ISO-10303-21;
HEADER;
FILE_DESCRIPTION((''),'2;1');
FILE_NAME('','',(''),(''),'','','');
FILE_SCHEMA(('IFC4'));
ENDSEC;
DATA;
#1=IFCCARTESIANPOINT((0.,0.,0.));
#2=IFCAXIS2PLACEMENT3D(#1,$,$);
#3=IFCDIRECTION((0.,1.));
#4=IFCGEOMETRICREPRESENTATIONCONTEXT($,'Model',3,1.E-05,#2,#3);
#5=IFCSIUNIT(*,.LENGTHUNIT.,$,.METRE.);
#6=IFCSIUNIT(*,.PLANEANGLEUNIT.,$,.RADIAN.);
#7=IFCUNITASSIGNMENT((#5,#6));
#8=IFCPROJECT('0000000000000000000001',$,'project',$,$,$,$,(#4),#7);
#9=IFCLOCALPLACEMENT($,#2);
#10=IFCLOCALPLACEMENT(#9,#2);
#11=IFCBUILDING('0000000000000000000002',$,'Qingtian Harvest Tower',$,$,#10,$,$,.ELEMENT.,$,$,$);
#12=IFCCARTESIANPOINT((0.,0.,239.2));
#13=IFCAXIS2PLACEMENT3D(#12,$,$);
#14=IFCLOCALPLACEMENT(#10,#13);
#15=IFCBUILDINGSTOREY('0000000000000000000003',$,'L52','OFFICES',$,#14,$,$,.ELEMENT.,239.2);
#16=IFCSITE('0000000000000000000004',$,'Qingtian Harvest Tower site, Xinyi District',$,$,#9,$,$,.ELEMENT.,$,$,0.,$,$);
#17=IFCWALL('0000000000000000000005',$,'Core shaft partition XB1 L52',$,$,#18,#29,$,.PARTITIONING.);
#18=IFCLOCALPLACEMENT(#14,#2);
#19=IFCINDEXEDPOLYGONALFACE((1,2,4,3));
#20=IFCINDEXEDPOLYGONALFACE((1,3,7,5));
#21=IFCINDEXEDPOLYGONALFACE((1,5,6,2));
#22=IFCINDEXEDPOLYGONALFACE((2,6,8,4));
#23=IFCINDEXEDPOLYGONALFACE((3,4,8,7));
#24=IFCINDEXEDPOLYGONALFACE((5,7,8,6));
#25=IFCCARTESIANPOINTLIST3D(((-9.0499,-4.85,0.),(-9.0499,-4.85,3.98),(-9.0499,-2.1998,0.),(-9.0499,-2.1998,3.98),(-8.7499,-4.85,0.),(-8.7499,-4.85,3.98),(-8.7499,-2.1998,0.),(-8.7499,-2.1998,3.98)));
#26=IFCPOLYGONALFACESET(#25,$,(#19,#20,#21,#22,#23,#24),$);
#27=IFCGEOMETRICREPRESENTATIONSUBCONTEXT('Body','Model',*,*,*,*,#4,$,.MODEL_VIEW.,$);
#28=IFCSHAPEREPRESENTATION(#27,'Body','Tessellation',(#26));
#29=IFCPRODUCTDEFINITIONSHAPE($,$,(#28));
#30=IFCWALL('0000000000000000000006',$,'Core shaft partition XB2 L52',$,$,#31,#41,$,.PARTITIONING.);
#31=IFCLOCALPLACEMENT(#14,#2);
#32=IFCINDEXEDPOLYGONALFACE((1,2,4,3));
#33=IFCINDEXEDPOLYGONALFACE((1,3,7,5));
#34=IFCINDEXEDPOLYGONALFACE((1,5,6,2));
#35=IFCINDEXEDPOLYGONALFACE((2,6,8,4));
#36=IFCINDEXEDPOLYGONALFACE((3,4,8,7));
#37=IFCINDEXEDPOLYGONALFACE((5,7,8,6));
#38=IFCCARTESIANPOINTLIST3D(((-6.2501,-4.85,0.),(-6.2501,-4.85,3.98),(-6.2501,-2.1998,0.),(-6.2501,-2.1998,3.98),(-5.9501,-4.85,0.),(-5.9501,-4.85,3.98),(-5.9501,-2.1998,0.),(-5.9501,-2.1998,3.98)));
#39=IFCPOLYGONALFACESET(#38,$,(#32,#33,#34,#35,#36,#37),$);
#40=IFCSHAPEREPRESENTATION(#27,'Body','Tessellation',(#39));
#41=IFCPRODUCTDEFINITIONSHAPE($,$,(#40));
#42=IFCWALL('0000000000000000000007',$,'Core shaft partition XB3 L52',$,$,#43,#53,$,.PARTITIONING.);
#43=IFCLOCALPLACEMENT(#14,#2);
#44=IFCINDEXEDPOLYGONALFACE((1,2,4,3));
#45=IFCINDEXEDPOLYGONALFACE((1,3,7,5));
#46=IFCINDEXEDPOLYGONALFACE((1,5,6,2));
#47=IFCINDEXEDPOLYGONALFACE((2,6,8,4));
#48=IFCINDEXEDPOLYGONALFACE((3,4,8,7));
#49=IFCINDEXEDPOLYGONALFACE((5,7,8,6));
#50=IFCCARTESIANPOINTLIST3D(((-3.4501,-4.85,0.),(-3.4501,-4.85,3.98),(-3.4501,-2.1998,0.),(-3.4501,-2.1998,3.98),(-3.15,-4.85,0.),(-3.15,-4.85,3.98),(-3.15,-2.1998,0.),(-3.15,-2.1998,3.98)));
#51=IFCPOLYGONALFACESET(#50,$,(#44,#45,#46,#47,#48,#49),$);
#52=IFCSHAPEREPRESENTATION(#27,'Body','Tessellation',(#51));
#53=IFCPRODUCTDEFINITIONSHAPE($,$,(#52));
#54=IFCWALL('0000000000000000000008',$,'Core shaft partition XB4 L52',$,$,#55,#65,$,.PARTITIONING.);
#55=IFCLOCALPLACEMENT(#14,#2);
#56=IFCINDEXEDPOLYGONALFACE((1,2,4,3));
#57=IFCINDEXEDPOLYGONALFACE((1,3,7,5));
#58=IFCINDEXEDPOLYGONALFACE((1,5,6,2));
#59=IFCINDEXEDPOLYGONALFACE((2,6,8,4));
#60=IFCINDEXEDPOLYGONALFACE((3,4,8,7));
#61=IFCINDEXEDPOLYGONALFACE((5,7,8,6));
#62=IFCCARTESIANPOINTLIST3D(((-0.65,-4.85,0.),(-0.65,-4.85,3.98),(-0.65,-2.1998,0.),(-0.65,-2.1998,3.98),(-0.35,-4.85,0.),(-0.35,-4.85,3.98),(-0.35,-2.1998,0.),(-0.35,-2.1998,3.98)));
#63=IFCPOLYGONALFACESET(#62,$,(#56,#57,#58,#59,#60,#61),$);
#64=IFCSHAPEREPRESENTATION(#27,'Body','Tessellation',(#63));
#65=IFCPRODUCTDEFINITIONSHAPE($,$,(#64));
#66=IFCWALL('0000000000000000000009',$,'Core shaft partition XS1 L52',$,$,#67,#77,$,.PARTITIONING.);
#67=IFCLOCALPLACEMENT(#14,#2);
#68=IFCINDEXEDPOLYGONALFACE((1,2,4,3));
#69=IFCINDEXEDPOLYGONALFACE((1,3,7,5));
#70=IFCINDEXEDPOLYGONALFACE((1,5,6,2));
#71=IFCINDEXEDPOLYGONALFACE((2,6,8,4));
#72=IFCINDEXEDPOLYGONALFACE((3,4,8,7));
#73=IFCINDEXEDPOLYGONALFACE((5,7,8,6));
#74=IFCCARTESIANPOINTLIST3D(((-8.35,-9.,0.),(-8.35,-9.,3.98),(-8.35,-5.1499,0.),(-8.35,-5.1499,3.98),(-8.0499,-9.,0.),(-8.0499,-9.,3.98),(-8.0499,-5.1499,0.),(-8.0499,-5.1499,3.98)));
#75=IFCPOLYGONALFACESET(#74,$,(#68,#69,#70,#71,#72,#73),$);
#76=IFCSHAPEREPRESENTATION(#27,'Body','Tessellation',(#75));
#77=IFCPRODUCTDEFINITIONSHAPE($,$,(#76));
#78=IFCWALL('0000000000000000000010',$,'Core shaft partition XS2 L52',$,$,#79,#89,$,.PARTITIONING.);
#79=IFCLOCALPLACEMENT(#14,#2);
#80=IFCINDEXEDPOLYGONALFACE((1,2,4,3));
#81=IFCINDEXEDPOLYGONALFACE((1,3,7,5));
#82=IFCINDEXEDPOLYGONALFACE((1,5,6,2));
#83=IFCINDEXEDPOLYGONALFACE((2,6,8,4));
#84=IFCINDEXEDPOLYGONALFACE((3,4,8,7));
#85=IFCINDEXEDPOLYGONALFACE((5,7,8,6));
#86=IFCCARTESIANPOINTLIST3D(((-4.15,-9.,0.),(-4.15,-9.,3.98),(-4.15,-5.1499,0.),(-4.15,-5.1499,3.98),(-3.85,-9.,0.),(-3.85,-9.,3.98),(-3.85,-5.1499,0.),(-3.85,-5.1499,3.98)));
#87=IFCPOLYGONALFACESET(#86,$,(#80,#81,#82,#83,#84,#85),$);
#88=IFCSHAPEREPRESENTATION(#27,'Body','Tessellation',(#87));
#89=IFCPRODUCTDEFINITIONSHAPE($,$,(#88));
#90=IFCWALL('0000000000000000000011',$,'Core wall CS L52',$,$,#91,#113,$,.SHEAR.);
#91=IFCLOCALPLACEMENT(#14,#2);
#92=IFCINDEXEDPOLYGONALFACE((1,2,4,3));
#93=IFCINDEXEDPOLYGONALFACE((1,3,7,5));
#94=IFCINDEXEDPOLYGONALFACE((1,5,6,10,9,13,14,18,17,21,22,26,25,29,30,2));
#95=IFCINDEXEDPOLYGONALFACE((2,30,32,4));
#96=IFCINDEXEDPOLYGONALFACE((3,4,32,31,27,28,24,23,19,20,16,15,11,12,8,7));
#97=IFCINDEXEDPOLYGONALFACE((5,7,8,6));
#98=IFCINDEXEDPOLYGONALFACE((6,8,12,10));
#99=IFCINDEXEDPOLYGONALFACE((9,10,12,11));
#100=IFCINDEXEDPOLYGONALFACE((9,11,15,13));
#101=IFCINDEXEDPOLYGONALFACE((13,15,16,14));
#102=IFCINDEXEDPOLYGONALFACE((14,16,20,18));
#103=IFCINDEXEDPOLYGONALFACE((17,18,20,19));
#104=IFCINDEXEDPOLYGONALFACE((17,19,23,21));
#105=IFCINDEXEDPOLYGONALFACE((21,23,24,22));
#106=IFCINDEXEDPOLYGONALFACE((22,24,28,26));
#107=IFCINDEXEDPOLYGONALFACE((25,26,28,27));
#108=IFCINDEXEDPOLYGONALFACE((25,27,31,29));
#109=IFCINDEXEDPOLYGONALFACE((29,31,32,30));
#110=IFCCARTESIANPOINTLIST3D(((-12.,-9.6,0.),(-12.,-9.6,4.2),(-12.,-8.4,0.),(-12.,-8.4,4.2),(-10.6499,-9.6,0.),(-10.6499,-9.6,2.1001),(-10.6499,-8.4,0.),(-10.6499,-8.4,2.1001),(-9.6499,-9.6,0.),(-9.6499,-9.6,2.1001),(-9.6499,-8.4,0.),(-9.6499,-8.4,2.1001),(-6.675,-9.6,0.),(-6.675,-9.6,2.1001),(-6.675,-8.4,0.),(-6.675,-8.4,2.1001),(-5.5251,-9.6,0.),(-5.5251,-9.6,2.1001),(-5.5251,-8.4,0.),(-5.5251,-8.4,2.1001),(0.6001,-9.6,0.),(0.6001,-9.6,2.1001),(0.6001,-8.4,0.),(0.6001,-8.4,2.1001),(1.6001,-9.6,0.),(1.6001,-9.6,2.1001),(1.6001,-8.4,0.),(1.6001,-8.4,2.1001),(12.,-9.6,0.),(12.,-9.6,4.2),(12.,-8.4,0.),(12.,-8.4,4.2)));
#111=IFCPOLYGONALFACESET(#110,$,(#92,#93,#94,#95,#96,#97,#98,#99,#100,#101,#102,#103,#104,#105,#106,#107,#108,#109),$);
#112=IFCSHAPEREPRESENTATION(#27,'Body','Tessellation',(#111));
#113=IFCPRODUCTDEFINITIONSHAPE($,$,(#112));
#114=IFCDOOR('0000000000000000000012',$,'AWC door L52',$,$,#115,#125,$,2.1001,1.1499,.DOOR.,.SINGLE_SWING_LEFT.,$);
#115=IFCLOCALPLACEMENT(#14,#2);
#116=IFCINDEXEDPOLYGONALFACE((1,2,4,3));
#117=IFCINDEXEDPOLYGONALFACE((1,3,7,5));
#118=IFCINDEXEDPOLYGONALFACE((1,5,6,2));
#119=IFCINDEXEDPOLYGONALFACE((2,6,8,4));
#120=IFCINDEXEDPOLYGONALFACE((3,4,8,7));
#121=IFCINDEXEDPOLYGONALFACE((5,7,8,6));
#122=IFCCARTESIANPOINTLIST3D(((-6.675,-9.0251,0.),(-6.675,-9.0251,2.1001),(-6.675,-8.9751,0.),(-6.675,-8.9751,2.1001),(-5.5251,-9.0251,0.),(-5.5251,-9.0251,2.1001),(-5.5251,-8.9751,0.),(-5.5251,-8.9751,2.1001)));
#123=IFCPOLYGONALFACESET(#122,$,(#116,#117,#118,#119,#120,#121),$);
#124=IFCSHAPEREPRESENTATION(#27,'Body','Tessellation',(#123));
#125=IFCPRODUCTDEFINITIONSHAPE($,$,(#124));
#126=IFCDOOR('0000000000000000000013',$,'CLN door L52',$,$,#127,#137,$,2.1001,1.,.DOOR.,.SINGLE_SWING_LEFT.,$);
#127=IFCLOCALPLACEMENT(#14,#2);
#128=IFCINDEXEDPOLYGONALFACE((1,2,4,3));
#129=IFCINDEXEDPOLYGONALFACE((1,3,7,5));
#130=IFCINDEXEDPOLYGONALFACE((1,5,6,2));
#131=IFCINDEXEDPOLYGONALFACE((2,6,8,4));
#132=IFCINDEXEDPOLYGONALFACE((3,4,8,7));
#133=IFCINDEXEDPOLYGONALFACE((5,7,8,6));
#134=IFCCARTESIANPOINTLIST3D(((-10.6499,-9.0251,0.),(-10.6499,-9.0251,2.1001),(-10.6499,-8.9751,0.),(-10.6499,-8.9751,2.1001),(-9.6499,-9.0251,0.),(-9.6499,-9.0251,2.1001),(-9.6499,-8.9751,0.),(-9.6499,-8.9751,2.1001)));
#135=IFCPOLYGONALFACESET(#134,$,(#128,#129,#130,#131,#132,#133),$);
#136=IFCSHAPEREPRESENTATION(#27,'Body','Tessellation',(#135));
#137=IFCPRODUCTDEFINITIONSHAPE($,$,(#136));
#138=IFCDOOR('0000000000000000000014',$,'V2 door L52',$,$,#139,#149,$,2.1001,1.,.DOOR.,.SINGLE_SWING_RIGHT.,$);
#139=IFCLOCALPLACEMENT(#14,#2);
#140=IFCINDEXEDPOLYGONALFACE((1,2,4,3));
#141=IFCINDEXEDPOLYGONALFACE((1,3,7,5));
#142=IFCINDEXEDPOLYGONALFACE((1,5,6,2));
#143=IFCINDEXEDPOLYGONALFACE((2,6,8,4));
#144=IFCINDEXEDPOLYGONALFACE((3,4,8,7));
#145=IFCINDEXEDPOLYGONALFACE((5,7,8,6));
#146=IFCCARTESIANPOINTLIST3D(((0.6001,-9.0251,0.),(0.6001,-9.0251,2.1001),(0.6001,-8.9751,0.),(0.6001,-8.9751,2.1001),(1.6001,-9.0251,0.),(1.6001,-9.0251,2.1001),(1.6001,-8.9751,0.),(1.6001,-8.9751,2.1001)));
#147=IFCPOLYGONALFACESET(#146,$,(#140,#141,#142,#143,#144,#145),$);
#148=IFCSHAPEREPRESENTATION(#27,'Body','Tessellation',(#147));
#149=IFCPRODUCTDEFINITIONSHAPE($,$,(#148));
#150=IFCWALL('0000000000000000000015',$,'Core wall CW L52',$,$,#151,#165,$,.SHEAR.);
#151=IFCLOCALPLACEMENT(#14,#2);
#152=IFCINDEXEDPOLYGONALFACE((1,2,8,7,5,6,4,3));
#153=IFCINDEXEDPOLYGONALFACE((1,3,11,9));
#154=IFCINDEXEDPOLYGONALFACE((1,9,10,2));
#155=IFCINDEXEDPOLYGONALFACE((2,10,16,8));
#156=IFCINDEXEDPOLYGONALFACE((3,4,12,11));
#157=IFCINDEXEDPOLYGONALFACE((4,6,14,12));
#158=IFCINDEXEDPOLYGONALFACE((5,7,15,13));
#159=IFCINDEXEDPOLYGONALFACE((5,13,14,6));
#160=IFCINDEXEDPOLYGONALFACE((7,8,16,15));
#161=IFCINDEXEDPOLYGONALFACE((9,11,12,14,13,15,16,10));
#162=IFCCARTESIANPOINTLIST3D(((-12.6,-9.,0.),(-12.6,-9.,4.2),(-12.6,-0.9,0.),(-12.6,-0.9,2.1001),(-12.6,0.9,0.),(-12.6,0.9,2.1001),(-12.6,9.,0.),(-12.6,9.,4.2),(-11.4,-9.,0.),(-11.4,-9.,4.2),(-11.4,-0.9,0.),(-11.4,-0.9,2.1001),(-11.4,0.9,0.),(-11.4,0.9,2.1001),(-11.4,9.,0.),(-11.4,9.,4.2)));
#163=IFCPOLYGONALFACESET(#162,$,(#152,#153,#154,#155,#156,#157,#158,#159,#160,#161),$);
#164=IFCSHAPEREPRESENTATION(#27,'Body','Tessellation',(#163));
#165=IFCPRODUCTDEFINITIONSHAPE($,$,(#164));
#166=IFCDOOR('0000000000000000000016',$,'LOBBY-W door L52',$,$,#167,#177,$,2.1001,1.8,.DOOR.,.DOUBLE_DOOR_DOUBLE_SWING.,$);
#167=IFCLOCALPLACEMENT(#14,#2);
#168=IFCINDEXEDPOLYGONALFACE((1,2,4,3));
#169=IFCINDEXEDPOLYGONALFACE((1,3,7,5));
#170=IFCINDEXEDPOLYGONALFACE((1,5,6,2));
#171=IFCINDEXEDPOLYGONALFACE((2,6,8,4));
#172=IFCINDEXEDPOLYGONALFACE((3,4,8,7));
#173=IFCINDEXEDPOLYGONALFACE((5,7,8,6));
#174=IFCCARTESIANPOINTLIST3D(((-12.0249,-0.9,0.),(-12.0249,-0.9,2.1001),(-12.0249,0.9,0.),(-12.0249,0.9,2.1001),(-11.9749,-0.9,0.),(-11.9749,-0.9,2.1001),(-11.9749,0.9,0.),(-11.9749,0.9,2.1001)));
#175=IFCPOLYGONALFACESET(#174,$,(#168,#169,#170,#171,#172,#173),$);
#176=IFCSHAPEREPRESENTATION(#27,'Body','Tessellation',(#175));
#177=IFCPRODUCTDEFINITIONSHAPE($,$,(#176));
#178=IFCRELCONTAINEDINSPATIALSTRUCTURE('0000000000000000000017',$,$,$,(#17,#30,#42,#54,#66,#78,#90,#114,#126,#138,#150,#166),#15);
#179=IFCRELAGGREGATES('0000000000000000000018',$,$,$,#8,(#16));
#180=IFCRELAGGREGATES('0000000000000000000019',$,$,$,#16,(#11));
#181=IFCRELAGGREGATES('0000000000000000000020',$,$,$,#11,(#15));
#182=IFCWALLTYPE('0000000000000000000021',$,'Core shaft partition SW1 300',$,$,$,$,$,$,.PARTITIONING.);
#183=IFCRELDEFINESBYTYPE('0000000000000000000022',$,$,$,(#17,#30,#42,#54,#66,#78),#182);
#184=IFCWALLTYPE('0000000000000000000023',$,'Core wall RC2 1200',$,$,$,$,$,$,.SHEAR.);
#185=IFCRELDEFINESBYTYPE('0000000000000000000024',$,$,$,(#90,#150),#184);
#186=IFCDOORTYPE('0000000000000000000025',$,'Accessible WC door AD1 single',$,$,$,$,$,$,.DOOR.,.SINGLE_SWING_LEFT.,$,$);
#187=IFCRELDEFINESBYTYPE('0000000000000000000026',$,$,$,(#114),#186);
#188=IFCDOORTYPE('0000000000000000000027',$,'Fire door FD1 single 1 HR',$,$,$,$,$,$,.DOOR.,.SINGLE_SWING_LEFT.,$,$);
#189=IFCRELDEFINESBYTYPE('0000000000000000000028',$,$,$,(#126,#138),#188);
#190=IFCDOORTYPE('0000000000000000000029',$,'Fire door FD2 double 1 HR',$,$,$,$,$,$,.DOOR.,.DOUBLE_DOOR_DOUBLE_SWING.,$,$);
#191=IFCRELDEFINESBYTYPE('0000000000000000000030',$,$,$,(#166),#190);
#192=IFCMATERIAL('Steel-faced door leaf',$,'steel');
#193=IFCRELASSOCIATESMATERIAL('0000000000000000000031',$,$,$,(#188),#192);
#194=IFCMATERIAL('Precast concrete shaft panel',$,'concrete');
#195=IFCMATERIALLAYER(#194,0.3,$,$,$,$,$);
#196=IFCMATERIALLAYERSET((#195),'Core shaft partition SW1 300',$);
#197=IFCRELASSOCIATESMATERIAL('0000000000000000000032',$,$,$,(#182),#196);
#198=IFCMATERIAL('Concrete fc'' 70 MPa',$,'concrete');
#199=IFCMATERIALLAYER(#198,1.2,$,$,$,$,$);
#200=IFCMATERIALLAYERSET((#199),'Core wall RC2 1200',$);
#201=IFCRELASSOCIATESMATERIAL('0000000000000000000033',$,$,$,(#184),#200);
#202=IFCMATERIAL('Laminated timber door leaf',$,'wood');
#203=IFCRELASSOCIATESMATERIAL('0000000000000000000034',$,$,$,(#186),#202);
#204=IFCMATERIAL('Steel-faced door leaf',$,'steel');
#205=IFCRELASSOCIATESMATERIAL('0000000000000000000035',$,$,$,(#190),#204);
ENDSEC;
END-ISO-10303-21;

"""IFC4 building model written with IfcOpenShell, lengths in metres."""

from ifc_helpers import new_model, si_unit, direction, frame, frame_2d, origin, place, context, subcontext, project, spatial, rectangle, extrude, material, layer, layer_set, type_object, element, fill, save


model = new_model("IFC4")

# Units and contexts
model_context = context("Model", 3, precision=1e-05, world=origin(), true_north=direction((0.0, 1.0)))
body_context = subcontext(model_context, "Body", "Model", "MODEL_VIEW")
ifc_project = project(units=[si_unit("LENGTHUNIT", "METRE"), si_unit("PLANEANGLEUNIT", "RADIAN")], contexts=[model_context])

# Site, building, storey
site_placement = place(None, origin())
site = spatial("IfcSite", under=ifc_project, at=site_placement, Name="Qingtian Harvest Tower site, Xinyi District", CompositionType="ELEMENT", RefElevation=0.0)
building_placement = place(site_placement, origin())
building = spatial("IfcBuilding", under=site, at=building_placement, Name="Qingtian Harvest Tower", CompositionType="ELEMENT")
storey_placement = place(building_placement, frame((0.0, 0.0, 239.2)))
storey = spatial("IfcBuildingStorey", under=building, at=storey_placement, Name="L52", Description="OFFICES", CompositionType="ELEMENT", Elevation=239.2)

# Shared definitions
ifc_material_1 = material(Name="Steel-faced door leaf", Category="steel")
door_type_1 = type_object("IfcDoorType", Name="Fire door FD1 single 1 HR", OperationType="SINGLE_SWING_LEFT", PredefinedType="DOOR", material=ifc_material_1)

# Walls
ifc_material_2 = material(Name="Precast concrete shaft panel", Category="concrete")
ifc_layer_1 = layer(ifc_material_2, 0.3)
ifc_layer_set_1 = layer_set([ifc_layer_1], Name="Core shaft partition SW1 300")
wall_type_1 = type_object("IfcWallType", Name="Core shaft partition SW1 300", PredefinedType="PARTITIONING", material=ifc_layer_set_1)
for number, where, z_axis, x_axis, name in (
    (1, (-8.8999, -4.8501, 0.0), (0.0, 0.0, 1.0), (0.0, 1.0, 0.0), "Core shaft partition XB1 L52"),
    (2, (-6.1001, -4.8501, 0.0), (0.0, 0.0, 1.0), (0.0, 1.0, 0.0), "Core shaft partition XB2 L52"),
    (3, (-3.3, -4.8501, 0.0), (0.0, 0.0, 1.0), (0.0, 1.0, 0.0), "Core shaft partition XB3 L52"),
    (4, (-0.5, -4.8501, 0.0), (0.0, 0.0, 1.0), (0.0, 1.0, 0.0), "Core shaft partition XB4 L52"),
):
    element("IfcWall", number, at=place(storey_placement, frame(where, z_axis=z_axis, x_axis=x_axis)), inside=storey, type_object=wall_type_1, Name=name, PredefinedType="PARTITIONING", context=body_context, shape_type="SweptSolid", body=[
        extrude(rectangle(XDim=2.6501, YDim=0.3, at=frame_2d((1.3252, 0.0))), origin(), (0.0, 0.0, 1.0), 3.98),
    ])
for number, where, z_axis, x_axis, name in (
    (5, (-8.2, -9.0, 0.0), (0.0, 0.0, 1.0), (0.0, 1.0, 0.0), "Core shaft partition XS1 L52"),
    (6, (-4.0, -9.0, 0.0), (0.0, 0.0, 1.0), (0.0, 1.0, 0.0), "Core shaft partition XS2 L52"),
):
    element("IfcWall", number, at=place(storey_placement, frame(where, z_axis=z_axis, x_axis=x_axis)), inside=storey, type_object=wall_type_1, Name=name, PredefinedType="PARTITIONING", context=body_context, shape_type="SweptSolid", body=[
        extrude(rectangle(XDim=3.8501, YDim=0.3, at=frame_2d((1.925, 0.0))), origin(), (0.0, 0.0, 1.0), 3.98),
    ])

# Wall, openings, doors
ifc_material_3 = material(Name="Concrete fc' 70 MPa", Category="concrete")
ifc_layer_2 = layer(ifc_material_3, 1.2)
ifc_layer_set_2 = layer_set([ifc_layer_2], Name="Core wall RC2 1200")
wall_type_2 = type_object("IfcWallType", Name="Core wall RC2 1200", PredefinedType="SHEAR", material=ifc_layer_set_2)
wall_1_placement = place(storey_placement, frame((-12.0, -9.0, 0.0), z_axis=(0.0, 0.0, 1.0), x_axis=(1.0, 0.0, 0.0)))
wall_1 = element("IfcWall", 7, at=wall_1_placement, inside=storey, type_object=wall_type_2, Name="Core wall CS L52", PredefinedType="SHEAR", context=body_context, shape_type="SweptSolid", body=[
    extrude(rectangle(XDim=24.0, YDim=1.2, at=frame_2d((12.0, 0.0))), origin(), (0.0, 0.0, 1.0), 4.2),
])
opening_1_placement = place(wall_1_placement, frame((1.3501, 0.0, 0.0)))
opening_1 = element("IfcOpeningElement", 8, at=opening_1_placement, cuts=wall_1, PredefinedType="OPENING", context=body_context, shape_type="SweptSolid", body=[
    extrude(rectangle(XDim=1.0, YDim=2.1001, at=frame_2d((0.5, 1.05))), frame((0.0, 0.6099, 0.0), z_axis=(0.0, -1.0, 0.0), x_axis=(1.0, 0.0, 0.0)), (0.0, 0.0, 1.0), 1.22),
])
opening_2_placement = place(wall_1_placement, frame((5.325, 0.0, 0.0)))
opening_2 = element("IfcOpeningElement", 9, at=opening_2_placement, cuts=wall_1, PredefinedType="OPENING", context=body_context, shape_type="SweptSolid", body=[
    extrude(rectangle(XDim=1.1499, YDim=2.1001, at=frame_2d((0.575, 1.05))), frame((0.0, 0.6099, 0.0), z_axis=(0.0, -1.0, 0.0), x_axis=(1.0, 0.0, 0.0)), (0.0, 0.0, 1.0), 1.22),
])
opening_3_placement = place(wall_1_placement, frame((12.6001, 0.0, 0.0)))
opening_3 = element("IfcOpeningElement", 10, at=opening_3_placement, cuts=wall_1, PredefinedType="OPENING", context=body_context, shape_type="SweptSolid", body=[
    extrude(rectangle(XDim=1.0, YDim=2.1001, at=frame_2d((0.5, 1.05))), frame((0.0, 0.6099, 0.0), z_axis=(0.0, -1.0, 0.0), x_axis=(1.0, 0.0, 0.0)), (0.0, 0.0, 1.0), 1.22),
])
ifc_material_4 = material(Name="Laminated timber door leaf", Category="wood")
door_type_2 = type_object("IfcDoorType", Name="Accessible WC door AD1 single", OperationType="SINGLE_SWING_LEFT", PredefinedType="DOOR", material=ifc_material_4)
door_1_placement = place(opening_2_placement, origin())
door_1 = element("IfcDoor", 11, at=door_1_placement, inside=storey, type_object=door_type_2, Name="AWC door L52", OperationType="SINGLE_SWING_LEFT", OverallHeight=2.1001, OverallWidth=1.1499, PredefinedType="DOOR", context=body_context, shape_type="SweptSolid", body=[
    extrude(rectangle(XDim=1.1499, YDim=2.1001, at=frame_2d((0.575, 1.05))), frame((0.0, 0.0249, 0.0), z_axis=(0.0, -1.0, 0.0), x_axis=(1.0, 0.0, 0.0)), (0.0, 0.0, 1.0), 0.05),
])
fill(opening_2, door_1)
door_2_placement = place(opening_1_placement, origin())
door_2 = element("IfcDoor", 12, at=door_2_placement, inside=storey, type_object=door_type_1, Name="CLN door L52", OperationType="SINGLE_SWING_LEFT", OverallHeight=2.1001, OverallWidth=1.0, PredefinedType="DOOR", context=body_context, shape_type="SweptSolid", body=[
    extrude(rectangle(XDim=1.0, YDim=2.1001, at=frame_2d((0.5, 1.05))), frame((0.0, 0.0249, 0.0), z_axis=(0.0, -1.0, 0.0), x_axis=(1.0, 0.0, 0.0)), (0.0, 0.0, 1.0), 0.05),
])
fill(opening_1, door_2)
door_3_placement = place(opening_3_placement, origin())
door_3 = element("IfcDoor", 13, at=door_3_placement, inside=storey, type_object=door_type_1, Name="V2 door L52", OperationType="SINGLE_SWING_RIGHT", OverallHeight=2.1001, OverallWidth=1.0, PredefinedType="DOOR", context=body_context, shape_type="SweptSolid", body=[
    extrude(rectangle(XDim=1.0, YDim=2.1001, at=frame_2d((0.5, 1.05))), frame((0.0, 0.0249, 0.0), z_axis=(0.0, -1.0, 0.0), x_axis=(1.0, 0.0, 0.0)), (0.0, 0.0, 1.0), 0.05),
])
fill(opening_3, door_3)

# Wall, opening, door
wall_2_placement = place(storey_placement, frame((-12.0, -9.0, 0.0), z_axis=(0.0, 0.0, 1.0), x_axis=(0.0, 1.0, 0.0)))
wall_2 = element("IfcWall", 14, at=wall_2_placement, inside=storey, type_object=wall_type_2, Name="Core wall CW L52", PredefinedType="SHEAR", context=body_context, shape_type="SweptSolid", body=[
    extrude(rectangle(XDim=18.0, YDim=1.2, at=frame_2d((9.0, 0.0))), origin(), (0.0, 0.0, 1.0), 4.2),
])
opening_4_placement = place(wall_2_placement, frame((8.1001, 0.0, 0.0)))
opening_4 = element("IfcOpeningElement", 15, at=opening_4_placement, cuts=wall_2, PredefinedType="OPENING", context=body_context, shape_type="SweptSolid", body=[
    extrude(rectangle(XDim=1.8, YDim=2.1001, at=frame_2d((0.8999, 1.05))), frame((0.0, 0.6099, 0.0), z_axis=(0.0, -1.0, 0.0), x_axis=(1.0, 0.0, 0.0)), (0.0, 0.0, 1.0), 1.22),
])
ifc_material_5 = material(Name="Steel-faced door leaf", Category="steel")
door_type_3 = type_object("IfcDoorType", Name="Fire door FD2 double 1 HR", OperationType="DOUBLE_DOOR_DOUBLE_SWING", PredefinedType="DOOR", material=ifc_material_5)
door_4_placement = place(opening_4_placement, origin())
door_4 = element("IfcDoor", 16, at=door_4_placement, inside=storey, type_object=door_type_3, Name="LOBBY-W door L52", OperationType="DOUBLE_DOOR_DOUBLE_SWING", OverallHeight=2.1001, OverallWidth=1.8, PredefinedType="DOOR", context=body_context, shape_type="SweptSolid", body=[
    extrude(rectangle(XDim=1.8, YDim=2.1001, at=frame_2d((0.8999, 1.05))), frame((0.0, 0.0249, 0.0), z_axis=(0.0, -1.0, 0.0), x_axis=(1.0, 0.0, 0.0)), (0.0, 0.0, 1.0), 0.05),
])
fill(opening_4, door_4)

save(model, "model.ifc")
